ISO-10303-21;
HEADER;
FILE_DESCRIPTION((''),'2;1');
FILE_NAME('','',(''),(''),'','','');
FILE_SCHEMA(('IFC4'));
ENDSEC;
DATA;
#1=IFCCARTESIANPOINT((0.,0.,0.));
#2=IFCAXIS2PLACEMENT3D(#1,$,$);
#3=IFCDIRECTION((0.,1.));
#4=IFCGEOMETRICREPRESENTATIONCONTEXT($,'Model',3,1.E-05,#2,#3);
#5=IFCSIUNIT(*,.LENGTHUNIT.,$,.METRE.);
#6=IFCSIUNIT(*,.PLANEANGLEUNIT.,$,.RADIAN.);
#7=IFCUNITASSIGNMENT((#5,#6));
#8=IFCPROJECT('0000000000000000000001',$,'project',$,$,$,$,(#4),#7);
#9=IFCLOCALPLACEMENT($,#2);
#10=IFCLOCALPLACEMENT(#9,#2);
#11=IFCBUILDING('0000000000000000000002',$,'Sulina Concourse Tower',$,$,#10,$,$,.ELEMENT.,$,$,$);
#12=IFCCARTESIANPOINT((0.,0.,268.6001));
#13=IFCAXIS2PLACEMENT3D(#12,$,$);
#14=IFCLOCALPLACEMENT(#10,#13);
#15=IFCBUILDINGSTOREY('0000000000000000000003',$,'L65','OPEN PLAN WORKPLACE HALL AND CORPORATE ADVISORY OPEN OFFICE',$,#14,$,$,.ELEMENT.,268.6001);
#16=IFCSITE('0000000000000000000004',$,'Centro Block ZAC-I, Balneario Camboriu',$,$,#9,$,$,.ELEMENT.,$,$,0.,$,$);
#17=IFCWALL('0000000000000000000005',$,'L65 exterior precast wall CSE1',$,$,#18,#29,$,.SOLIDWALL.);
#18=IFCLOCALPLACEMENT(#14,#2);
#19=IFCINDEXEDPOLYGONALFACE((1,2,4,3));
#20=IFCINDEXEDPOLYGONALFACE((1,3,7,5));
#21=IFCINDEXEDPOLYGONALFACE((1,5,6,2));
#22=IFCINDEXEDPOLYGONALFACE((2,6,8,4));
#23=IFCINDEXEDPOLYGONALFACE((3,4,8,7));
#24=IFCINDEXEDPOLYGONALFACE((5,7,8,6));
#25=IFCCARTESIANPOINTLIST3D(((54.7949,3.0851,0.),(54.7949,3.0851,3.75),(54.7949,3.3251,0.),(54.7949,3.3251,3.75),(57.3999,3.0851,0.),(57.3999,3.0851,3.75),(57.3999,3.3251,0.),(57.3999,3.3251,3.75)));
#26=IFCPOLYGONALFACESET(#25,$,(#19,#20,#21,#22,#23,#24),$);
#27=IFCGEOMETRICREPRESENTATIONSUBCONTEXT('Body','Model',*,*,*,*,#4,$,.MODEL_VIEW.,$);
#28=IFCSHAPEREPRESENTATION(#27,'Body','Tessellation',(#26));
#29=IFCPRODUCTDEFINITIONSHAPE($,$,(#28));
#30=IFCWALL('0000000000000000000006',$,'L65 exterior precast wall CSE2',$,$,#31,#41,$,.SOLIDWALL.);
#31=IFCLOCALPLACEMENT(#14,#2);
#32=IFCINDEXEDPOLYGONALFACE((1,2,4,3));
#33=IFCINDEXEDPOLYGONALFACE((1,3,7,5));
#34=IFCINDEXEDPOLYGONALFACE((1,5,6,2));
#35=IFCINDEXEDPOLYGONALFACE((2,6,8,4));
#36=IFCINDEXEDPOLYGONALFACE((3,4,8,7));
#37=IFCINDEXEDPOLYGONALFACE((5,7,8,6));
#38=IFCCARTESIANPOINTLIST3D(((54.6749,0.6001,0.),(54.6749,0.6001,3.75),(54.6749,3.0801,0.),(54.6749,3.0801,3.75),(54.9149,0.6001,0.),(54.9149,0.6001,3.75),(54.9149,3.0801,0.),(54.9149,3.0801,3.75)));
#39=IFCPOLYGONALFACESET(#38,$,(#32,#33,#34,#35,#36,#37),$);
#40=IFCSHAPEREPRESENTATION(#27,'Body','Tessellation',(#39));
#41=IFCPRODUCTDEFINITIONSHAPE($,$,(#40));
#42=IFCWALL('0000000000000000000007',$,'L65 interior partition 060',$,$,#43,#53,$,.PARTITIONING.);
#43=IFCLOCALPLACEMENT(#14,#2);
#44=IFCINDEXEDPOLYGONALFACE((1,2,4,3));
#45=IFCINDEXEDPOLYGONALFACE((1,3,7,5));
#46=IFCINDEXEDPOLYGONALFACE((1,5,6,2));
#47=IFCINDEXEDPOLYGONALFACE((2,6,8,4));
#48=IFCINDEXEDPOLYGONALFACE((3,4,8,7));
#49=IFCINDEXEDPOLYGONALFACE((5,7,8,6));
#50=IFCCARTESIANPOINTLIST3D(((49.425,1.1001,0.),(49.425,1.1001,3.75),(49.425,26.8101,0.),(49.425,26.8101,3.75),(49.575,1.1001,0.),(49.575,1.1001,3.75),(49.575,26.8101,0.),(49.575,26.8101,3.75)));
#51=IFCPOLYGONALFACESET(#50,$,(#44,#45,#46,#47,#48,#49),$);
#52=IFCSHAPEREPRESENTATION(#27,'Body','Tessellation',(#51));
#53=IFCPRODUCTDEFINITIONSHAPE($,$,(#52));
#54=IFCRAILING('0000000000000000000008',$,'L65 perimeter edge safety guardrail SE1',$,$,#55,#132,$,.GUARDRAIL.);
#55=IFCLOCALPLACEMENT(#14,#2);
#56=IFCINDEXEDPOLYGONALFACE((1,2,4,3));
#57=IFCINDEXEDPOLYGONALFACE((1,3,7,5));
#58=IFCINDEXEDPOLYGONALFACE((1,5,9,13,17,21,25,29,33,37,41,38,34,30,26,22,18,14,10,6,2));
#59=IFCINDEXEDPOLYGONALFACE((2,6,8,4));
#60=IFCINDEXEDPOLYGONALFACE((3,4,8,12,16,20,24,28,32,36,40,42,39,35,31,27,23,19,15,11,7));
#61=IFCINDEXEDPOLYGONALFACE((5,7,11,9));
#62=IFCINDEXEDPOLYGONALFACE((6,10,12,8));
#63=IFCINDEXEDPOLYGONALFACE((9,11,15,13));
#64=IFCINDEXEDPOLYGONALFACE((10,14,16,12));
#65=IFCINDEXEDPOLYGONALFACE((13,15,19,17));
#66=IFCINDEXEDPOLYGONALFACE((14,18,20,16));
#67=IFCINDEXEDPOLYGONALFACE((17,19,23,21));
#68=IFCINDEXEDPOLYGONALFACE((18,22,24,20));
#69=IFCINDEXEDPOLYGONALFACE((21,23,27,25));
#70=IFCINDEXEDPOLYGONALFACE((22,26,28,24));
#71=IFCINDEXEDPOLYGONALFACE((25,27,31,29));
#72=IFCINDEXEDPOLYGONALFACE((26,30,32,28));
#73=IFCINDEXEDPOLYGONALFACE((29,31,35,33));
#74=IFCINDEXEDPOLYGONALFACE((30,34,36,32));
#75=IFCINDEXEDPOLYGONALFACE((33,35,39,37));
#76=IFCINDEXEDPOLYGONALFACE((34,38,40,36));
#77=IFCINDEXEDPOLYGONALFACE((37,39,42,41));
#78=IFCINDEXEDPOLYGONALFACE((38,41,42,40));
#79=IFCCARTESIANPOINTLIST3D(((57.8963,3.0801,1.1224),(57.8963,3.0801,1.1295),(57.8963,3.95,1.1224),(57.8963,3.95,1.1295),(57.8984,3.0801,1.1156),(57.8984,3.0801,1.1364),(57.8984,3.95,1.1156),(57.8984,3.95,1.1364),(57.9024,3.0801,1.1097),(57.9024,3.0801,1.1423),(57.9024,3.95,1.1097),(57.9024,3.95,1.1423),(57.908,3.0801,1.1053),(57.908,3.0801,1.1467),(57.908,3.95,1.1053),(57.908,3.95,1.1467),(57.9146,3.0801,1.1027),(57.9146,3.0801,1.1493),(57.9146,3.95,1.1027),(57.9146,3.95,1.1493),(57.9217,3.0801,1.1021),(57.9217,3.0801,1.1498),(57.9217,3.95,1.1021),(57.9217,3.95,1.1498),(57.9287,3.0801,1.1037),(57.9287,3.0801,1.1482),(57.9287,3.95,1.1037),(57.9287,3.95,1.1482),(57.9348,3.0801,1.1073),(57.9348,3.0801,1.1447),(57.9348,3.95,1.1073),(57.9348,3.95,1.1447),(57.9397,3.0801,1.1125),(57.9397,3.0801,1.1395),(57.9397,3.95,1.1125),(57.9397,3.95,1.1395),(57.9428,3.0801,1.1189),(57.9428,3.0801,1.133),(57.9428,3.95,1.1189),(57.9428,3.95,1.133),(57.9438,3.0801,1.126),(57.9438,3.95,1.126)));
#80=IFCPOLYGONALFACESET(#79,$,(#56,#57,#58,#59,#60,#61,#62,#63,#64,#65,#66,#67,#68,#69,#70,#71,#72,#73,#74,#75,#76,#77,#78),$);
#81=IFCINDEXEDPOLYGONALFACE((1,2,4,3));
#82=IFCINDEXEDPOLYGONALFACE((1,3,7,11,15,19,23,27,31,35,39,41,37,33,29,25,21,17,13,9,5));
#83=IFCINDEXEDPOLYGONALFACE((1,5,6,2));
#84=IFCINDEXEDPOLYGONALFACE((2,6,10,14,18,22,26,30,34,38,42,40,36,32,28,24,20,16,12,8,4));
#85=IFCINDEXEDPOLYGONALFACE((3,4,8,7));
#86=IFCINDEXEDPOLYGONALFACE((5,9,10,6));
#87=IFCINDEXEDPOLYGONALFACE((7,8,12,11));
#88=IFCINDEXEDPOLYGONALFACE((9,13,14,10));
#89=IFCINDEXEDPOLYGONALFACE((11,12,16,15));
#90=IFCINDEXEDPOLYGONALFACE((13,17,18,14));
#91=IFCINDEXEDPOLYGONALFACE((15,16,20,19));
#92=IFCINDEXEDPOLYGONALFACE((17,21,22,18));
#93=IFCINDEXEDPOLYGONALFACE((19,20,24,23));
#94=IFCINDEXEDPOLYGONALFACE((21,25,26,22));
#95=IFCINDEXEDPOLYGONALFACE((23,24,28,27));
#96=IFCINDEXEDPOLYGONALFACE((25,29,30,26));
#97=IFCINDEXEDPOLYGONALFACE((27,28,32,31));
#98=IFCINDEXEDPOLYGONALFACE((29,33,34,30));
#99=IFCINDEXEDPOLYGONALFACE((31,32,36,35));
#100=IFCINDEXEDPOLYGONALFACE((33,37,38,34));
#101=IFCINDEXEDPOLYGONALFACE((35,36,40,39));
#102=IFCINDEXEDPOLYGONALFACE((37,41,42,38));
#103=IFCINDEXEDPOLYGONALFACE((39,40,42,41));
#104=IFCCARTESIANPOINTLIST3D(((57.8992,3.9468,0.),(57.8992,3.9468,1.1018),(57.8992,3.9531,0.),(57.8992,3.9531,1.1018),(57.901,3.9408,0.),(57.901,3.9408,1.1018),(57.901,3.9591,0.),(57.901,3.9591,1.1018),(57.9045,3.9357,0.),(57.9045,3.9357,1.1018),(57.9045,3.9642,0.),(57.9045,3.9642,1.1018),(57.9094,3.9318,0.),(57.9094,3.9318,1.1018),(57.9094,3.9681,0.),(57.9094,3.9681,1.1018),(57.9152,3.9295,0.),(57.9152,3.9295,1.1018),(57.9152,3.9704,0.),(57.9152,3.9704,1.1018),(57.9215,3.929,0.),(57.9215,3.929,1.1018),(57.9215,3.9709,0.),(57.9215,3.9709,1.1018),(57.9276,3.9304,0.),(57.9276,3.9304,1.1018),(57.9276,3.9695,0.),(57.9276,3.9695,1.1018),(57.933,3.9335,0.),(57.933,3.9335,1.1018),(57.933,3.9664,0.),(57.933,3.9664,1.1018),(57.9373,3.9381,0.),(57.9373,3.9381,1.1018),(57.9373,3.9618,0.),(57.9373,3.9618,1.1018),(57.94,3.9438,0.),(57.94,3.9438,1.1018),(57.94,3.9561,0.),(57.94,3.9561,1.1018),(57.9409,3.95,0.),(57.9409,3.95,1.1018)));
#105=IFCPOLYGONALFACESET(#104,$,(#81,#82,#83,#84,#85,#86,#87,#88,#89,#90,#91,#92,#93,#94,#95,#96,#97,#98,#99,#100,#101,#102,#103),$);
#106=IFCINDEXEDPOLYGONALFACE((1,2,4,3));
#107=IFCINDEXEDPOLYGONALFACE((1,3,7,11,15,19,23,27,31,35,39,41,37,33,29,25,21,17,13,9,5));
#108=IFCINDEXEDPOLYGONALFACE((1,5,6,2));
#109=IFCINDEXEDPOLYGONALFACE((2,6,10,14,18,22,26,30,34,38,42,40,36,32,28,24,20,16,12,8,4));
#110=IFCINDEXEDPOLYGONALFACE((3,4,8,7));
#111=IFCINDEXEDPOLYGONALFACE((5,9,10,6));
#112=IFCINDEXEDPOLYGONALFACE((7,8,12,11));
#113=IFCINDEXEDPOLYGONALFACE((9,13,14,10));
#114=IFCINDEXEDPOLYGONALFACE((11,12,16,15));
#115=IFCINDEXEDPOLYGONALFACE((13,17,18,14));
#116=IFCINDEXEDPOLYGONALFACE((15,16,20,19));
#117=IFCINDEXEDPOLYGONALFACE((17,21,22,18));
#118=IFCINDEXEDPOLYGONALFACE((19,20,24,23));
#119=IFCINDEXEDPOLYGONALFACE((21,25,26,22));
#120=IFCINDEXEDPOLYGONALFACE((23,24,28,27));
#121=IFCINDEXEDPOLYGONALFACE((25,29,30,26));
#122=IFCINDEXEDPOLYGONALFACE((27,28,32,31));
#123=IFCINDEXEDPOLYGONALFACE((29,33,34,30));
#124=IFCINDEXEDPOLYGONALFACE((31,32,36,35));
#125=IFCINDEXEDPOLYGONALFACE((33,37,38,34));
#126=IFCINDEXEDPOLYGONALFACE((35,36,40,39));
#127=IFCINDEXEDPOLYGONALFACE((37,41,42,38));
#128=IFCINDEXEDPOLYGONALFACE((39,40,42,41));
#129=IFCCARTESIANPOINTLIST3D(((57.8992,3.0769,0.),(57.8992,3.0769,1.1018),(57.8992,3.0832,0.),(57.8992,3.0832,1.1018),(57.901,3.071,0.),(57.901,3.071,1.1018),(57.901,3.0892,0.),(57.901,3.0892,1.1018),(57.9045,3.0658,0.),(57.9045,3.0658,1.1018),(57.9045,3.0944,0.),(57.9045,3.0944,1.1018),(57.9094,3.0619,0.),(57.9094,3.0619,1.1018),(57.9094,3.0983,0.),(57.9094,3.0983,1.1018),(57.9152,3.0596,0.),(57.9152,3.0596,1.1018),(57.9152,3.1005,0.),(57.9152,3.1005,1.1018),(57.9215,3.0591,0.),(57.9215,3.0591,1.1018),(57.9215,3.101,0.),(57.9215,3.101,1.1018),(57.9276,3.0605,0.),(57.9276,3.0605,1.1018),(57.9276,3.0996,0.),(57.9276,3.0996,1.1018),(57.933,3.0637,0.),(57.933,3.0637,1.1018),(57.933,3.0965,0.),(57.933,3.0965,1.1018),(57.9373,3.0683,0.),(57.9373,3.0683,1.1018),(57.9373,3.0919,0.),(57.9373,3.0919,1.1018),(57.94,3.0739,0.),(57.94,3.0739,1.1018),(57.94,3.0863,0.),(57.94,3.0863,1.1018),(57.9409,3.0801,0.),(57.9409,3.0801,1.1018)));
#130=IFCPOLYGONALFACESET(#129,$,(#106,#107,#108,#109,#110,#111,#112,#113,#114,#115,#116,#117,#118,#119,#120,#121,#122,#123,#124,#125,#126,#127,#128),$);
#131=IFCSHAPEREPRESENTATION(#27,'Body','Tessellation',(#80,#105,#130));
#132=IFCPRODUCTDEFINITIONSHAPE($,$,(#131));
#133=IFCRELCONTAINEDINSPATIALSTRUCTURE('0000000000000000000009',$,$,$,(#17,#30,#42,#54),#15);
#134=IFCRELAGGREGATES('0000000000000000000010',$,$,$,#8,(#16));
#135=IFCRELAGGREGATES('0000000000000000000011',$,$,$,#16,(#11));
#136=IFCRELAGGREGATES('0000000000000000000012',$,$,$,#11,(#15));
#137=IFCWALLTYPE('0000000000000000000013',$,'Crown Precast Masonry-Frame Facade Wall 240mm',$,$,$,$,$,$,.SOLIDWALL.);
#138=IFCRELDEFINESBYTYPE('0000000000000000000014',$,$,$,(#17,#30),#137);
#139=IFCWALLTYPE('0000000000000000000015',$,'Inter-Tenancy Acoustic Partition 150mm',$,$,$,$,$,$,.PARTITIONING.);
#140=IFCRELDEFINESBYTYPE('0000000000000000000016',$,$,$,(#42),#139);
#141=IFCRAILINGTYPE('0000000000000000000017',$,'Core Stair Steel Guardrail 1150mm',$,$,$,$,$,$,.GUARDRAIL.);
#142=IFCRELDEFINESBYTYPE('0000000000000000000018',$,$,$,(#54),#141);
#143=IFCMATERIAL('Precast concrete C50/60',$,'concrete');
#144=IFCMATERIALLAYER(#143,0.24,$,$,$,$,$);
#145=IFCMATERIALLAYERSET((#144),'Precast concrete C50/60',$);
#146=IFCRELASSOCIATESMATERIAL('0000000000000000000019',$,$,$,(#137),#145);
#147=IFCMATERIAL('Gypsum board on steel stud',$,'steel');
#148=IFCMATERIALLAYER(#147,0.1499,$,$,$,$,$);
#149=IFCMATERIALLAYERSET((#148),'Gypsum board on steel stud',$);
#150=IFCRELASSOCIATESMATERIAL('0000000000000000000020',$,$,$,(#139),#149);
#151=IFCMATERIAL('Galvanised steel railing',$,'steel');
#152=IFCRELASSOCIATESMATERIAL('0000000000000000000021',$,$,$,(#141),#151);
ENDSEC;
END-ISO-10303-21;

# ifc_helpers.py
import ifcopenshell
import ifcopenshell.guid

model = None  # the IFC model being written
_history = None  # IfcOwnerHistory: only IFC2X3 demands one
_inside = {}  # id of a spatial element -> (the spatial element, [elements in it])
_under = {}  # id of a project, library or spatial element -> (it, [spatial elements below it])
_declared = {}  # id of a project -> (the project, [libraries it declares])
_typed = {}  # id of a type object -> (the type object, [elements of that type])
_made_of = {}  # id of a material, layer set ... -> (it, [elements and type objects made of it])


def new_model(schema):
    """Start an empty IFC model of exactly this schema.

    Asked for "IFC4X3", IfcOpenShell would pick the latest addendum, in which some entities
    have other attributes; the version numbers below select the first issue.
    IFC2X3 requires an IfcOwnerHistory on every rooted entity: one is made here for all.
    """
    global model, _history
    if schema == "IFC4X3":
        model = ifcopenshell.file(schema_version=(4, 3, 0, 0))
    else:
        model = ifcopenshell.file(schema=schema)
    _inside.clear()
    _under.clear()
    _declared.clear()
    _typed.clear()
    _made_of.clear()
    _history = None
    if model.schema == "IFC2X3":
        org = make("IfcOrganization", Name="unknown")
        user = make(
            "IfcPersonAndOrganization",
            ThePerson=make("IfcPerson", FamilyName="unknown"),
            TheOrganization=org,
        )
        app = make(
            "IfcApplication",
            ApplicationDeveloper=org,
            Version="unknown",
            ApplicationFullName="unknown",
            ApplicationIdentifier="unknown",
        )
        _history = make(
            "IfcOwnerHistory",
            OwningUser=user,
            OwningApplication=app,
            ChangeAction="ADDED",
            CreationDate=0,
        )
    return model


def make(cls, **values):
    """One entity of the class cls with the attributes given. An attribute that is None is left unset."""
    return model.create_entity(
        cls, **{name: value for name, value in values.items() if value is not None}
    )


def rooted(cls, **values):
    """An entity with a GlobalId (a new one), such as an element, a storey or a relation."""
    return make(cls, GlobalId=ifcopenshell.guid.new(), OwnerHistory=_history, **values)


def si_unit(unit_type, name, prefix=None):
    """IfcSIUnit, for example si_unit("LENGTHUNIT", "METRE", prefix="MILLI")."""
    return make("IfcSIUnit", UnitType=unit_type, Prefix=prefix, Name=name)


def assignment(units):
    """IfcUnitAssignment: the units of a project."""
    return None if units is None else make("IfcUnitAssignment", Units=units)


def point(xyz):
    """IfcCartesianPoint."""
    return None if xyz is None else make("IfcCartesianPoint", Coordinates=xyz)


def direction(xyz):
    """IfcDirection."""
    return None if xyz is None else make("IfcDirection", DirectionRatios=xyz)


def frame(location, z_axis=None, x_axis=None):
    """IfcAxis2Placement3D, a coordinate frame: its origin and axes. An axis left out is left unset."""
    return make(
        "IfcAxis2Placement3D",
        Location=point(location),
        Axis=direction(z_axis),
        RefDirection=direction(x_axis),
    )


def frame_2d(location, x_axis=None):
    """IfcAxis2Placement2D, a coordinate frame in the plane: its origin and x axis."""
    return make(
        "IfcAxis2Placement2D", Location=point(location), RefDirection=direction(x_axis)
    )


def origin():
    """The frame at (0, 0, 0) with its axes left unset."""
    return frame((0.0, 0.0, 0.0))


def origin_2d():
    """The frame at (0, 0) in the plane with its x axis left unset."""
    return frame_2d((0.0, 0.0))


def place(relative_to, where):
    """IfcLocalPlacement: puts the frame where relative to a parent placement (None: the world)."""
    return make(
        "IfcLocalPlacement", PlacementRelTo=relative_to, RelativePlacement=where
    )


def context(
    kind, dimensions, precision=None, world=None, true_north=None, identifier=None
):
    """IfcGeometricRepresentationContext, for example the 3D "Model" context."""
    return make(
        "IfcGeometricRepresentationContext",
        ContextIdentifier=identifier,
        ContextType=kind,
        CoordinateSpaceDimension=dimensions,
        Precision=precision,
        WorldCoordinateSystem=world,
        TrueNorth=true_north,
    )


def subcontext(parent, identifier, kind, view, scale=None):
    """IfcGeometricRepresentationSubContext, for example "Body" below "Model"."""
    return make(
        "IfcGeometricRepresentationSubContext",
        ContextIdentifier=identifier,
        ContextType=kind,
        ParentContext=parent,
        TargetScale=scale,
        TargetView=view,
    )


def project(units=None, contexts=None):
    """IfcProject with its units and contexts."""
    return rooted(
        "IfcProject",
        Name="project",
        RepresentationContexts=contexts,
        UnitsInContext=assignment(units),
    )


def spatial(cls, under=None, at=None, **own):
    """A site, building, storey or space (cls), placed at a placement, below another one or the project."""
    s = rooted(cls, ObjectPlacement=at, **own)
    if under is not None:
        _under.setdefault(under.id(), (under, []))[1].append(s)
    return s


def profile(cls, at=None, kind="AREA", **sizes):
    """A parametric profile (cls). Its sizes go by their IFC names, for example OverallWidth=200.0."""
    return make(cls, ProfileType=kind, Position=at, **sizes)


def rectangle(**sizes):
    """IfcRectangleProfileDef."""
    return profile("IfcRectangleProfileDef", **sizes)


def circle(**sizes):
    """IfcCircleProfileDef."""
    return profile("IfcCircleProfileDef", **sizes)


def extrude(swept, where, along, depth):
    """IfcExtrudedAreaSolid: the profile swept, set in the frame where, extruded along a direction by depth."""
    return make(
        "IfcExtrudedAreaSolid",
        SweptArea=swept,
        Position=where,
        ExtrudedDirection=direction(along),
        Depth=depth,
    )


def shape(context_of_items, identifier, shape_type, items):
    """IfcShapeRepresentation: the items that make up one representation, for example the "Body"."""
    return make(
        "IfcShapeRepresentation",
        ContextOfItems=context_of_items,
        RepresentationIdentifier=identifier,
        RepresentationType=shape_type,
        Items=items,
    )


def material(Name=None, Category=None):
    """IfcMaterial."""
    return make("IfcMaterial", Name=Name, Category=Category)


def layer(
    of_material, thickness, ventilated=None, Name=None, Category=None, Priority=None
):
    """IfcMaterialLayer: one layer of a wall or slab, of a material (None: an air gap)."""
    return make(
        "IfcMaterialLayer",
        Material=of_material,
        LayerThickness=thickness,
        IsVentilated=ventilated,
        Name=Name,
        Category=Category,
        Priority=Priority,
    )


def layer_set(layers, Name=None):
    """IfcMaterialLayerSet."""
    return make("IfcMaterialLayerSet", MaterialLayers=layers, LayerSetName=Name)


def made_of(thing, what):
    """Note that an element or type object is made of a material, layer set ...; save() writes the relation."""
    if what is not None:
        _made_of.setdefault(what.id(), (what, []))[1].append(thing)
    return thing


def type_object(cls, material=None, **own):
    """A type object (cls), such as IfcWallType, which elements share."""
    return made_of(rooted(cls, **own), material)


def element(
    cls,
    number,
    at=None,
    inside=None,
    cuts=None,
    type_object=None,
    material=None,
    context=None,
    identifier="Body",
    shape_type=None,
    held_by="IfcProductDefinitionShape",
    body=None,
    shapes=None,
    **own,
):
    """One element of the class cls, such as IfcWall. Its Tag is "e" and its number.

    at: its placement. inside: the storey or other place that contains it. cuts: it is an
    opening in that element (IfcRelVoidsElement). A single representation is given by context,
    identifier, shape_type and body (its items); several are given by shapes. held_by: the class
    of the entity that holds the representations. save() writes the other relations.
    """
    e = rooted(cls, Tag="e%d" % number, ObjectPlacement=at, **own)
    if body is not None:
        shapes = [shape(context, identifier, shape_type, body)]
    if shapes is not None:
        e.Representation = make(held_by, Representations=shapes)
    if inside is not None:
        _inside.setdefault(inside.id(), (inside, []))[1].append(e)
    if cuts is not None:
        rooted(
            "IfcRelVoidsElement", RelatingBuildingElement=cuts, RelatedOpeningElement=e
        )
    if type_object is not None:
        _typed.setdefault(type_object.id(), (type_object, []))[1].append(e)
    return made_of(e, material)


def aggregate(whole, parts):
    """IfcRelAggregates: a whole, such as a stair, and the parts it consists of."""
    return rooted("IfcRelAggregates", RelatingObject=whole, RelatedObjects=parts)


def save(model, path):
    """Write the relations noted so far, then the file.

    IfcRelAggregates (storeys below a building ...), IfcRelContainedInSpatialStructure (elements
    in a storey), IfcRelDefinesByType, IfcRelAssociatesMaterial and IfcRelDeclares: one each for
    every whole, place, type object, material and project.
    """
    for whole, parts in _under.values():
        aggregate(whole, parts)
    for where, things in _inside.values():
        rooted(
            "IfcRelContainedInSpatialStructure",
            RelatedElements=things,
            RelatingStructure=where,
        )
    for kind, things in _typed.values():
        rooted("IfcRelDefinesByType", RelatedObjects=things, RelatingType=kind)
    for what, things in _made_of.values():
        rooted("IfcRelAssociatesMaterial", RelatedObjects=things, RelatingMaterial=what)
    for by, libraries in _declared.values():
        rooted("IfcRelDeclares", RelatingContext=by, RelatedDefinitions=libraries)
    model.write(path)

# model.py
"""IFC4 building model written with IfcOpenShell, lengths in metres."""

from ifc_helpers import new_model, si_unit, direction, frame, frame_2d, origin, origin_2d, place, context, subcontext, project, spatial, rectangle, circle, extrude, material, layer, layer_set, type_object, element, save


model = new_model("IFC4")

# Units and contexts
model_context = context("Model", 3, precision=1e-05, world=origin(), true_north=direction((0.0, 1.0)))
body_context = subcontext(model_context, "Body", "Model", "MODEL_VIEW")
ifc_project = project(units=[si_unit("LENGTHUNIT", "METRE"), si_unit("PLANEANGLEUNIT", "RADIAN")], contexts=[model_context])

# Site, building, storey
site_placement = place(None, origin())
site = spatial("IfcSite", under=ifc_project, at=site_placement, Name="Centro Block ZAC-I, Balneario Camboriu", CompositionType="ELEMENT", RefElevation=0.0)
building_placement = place(site_placement, origin())
building = spatial("IfcBuilding", under=site, at=building_placement, Name="Sulina Concourse Tower", CompositionType="ELEMENT")
storey_placement = place(building_placement, frame((0.0, 0.0, 268.6001)))
storey = spatial("IfcBuildingStorey", under=building, at=storey_placement, Name="L65", Description="OPEN PLAN WORKPLACE HALL AND CORPORATE ADVISORY OPEN OFFICE", CompositionType="ELEMENT", Elevation=268.6001)

# Shared definitions
ifc_material_1 = material(Name="Precast concrete C50/60", Category="concrete")
ifc_layer_1 = layer(ifc_material_1, 0.24)
ifc_layer_set_1 = layer_set([ifc_layer_1], Name="Precast concrete C50/60")
wall_type_1 = type_object("IfcWallType", Name="Crown Precast Masonry-Frame Facade Wall 240mm", PredefinedType="SOLIDWALL", material=ifc_layer_set_1)

# Walls
wall_1_placement = place(storey_placement, frame((57.3999, 3.2051, 0.0), z_axis=(0.0, 0.0, 1.0), x_axis=(-1.0, 0.0, 0.0)))
element("IfcWall", 1, at=wall_1_placement, inside=storey, type_object=wall_type_1, Name="L65 exterior precast wall CSE1", PredefinedType="SOLIDWALL", context=body_context, shape_type="SweptSolid", body=[
    extrude(rectangle(XDim=2.605, YDim=0.24, at=frame_2d((1.3025, 0.0))), origin(), (0.0, 0.0, 1.0), 3.75),
])
wall_2_placement = place(storey_placement, frame((54.7949, 3.0801, 0.0), z_axis=(0.0, 0.0, 1.0), x_axis=(0.0, -1.0, 0.0)))
element("IfcWall", 2, at=wall_2_placement, inside=storey, type_object=wall_type_1, Name="L65 exterior precast wall CSE2", PredefinedType="SOLIDWALL", context=body_context, shape_type="SweptSolid", body=[
    extrude(rectangle(XDim=2.48, YDim=0.24, at=frame_2d((1.24, 0.0))), origin(), (0.0, 0.0, 1.0), 3.75),
])
ifc_material_2 = material(Name="Gypsum board on steel stud", Category="steel")
ifc_layer_2 = layer(ifc_material_2, 0.1499)
ifc_layer_set_2 = layer_set([ifc_layer_2], Name="Gypsum board on steel stud")
wall_type_2 = type_object("IfcWallType", Name="Inter-Tenancy Acoustic Partition 150mm", PredefinedType="PARTITIONING", material=ifc_layer_set_2)
wall_3_placement = place(storey_placement, frame((49.5, 1.1001, 0.0), z_axis=(0.0, 0.0, 1.0), x_axis=(0.0, 1.0, 0.0)))
element("IfcWall", 3, at=wall_3_placement, inside=storey, type_object=wall_type_2, Name="L65 interior partition 060", PredefinedType="PARTITIONING", context=body_context, shape_type="SweptSolid", body=[
    extrude(rectangle(XDim=25.71, YDim=0.1499, at=frame_2d((12.855, 0.0))), origin(), (0.0, 0.0, 1.0), 3.75),
])

# Railing
ifc_material_3 = material(Name="Galvanised steel railing", Category="steel")
railing_type = type_object("IfcRailingType", Name="Core Stair Steel Guardrail 1150mm", PredefinedType="GUARDRAIL", material=ifc_material_3)
railing_1_placement = place(storey_placement, frame((57.9199, 3.95, 0.0)))
element("IfcRailing", 4, at=railing_1_placement, inside=storey, type_object=railing_type, Name="L65 perimeter edge safety guardrail SE1", PredefinedType="GUARDRAIL", context=body_context, shape_type="SweptSolid", body=[
    extrude(circle(Radius=0.0239, at=origin_2d()), frame((0.0, 0.0, 1.126), z_axis=(0.0, -1.0, 0.0), x_axis=(1.0, 0.0, 0.0)), (0.0, 0.0, 1.0), 0.8699),
    extrude(circle(Radius=0.021, at=origin_2d()), origin(), (0.0, 0.0, 1.0), 1.1018),
    extrude(circle(Radius=0.021, at=origin_2d()), frame((0.0, -0.8699, 0.0)), (0.0, 0.0, 1.0), 1.1018),
])

save(model, "model.ifc")
